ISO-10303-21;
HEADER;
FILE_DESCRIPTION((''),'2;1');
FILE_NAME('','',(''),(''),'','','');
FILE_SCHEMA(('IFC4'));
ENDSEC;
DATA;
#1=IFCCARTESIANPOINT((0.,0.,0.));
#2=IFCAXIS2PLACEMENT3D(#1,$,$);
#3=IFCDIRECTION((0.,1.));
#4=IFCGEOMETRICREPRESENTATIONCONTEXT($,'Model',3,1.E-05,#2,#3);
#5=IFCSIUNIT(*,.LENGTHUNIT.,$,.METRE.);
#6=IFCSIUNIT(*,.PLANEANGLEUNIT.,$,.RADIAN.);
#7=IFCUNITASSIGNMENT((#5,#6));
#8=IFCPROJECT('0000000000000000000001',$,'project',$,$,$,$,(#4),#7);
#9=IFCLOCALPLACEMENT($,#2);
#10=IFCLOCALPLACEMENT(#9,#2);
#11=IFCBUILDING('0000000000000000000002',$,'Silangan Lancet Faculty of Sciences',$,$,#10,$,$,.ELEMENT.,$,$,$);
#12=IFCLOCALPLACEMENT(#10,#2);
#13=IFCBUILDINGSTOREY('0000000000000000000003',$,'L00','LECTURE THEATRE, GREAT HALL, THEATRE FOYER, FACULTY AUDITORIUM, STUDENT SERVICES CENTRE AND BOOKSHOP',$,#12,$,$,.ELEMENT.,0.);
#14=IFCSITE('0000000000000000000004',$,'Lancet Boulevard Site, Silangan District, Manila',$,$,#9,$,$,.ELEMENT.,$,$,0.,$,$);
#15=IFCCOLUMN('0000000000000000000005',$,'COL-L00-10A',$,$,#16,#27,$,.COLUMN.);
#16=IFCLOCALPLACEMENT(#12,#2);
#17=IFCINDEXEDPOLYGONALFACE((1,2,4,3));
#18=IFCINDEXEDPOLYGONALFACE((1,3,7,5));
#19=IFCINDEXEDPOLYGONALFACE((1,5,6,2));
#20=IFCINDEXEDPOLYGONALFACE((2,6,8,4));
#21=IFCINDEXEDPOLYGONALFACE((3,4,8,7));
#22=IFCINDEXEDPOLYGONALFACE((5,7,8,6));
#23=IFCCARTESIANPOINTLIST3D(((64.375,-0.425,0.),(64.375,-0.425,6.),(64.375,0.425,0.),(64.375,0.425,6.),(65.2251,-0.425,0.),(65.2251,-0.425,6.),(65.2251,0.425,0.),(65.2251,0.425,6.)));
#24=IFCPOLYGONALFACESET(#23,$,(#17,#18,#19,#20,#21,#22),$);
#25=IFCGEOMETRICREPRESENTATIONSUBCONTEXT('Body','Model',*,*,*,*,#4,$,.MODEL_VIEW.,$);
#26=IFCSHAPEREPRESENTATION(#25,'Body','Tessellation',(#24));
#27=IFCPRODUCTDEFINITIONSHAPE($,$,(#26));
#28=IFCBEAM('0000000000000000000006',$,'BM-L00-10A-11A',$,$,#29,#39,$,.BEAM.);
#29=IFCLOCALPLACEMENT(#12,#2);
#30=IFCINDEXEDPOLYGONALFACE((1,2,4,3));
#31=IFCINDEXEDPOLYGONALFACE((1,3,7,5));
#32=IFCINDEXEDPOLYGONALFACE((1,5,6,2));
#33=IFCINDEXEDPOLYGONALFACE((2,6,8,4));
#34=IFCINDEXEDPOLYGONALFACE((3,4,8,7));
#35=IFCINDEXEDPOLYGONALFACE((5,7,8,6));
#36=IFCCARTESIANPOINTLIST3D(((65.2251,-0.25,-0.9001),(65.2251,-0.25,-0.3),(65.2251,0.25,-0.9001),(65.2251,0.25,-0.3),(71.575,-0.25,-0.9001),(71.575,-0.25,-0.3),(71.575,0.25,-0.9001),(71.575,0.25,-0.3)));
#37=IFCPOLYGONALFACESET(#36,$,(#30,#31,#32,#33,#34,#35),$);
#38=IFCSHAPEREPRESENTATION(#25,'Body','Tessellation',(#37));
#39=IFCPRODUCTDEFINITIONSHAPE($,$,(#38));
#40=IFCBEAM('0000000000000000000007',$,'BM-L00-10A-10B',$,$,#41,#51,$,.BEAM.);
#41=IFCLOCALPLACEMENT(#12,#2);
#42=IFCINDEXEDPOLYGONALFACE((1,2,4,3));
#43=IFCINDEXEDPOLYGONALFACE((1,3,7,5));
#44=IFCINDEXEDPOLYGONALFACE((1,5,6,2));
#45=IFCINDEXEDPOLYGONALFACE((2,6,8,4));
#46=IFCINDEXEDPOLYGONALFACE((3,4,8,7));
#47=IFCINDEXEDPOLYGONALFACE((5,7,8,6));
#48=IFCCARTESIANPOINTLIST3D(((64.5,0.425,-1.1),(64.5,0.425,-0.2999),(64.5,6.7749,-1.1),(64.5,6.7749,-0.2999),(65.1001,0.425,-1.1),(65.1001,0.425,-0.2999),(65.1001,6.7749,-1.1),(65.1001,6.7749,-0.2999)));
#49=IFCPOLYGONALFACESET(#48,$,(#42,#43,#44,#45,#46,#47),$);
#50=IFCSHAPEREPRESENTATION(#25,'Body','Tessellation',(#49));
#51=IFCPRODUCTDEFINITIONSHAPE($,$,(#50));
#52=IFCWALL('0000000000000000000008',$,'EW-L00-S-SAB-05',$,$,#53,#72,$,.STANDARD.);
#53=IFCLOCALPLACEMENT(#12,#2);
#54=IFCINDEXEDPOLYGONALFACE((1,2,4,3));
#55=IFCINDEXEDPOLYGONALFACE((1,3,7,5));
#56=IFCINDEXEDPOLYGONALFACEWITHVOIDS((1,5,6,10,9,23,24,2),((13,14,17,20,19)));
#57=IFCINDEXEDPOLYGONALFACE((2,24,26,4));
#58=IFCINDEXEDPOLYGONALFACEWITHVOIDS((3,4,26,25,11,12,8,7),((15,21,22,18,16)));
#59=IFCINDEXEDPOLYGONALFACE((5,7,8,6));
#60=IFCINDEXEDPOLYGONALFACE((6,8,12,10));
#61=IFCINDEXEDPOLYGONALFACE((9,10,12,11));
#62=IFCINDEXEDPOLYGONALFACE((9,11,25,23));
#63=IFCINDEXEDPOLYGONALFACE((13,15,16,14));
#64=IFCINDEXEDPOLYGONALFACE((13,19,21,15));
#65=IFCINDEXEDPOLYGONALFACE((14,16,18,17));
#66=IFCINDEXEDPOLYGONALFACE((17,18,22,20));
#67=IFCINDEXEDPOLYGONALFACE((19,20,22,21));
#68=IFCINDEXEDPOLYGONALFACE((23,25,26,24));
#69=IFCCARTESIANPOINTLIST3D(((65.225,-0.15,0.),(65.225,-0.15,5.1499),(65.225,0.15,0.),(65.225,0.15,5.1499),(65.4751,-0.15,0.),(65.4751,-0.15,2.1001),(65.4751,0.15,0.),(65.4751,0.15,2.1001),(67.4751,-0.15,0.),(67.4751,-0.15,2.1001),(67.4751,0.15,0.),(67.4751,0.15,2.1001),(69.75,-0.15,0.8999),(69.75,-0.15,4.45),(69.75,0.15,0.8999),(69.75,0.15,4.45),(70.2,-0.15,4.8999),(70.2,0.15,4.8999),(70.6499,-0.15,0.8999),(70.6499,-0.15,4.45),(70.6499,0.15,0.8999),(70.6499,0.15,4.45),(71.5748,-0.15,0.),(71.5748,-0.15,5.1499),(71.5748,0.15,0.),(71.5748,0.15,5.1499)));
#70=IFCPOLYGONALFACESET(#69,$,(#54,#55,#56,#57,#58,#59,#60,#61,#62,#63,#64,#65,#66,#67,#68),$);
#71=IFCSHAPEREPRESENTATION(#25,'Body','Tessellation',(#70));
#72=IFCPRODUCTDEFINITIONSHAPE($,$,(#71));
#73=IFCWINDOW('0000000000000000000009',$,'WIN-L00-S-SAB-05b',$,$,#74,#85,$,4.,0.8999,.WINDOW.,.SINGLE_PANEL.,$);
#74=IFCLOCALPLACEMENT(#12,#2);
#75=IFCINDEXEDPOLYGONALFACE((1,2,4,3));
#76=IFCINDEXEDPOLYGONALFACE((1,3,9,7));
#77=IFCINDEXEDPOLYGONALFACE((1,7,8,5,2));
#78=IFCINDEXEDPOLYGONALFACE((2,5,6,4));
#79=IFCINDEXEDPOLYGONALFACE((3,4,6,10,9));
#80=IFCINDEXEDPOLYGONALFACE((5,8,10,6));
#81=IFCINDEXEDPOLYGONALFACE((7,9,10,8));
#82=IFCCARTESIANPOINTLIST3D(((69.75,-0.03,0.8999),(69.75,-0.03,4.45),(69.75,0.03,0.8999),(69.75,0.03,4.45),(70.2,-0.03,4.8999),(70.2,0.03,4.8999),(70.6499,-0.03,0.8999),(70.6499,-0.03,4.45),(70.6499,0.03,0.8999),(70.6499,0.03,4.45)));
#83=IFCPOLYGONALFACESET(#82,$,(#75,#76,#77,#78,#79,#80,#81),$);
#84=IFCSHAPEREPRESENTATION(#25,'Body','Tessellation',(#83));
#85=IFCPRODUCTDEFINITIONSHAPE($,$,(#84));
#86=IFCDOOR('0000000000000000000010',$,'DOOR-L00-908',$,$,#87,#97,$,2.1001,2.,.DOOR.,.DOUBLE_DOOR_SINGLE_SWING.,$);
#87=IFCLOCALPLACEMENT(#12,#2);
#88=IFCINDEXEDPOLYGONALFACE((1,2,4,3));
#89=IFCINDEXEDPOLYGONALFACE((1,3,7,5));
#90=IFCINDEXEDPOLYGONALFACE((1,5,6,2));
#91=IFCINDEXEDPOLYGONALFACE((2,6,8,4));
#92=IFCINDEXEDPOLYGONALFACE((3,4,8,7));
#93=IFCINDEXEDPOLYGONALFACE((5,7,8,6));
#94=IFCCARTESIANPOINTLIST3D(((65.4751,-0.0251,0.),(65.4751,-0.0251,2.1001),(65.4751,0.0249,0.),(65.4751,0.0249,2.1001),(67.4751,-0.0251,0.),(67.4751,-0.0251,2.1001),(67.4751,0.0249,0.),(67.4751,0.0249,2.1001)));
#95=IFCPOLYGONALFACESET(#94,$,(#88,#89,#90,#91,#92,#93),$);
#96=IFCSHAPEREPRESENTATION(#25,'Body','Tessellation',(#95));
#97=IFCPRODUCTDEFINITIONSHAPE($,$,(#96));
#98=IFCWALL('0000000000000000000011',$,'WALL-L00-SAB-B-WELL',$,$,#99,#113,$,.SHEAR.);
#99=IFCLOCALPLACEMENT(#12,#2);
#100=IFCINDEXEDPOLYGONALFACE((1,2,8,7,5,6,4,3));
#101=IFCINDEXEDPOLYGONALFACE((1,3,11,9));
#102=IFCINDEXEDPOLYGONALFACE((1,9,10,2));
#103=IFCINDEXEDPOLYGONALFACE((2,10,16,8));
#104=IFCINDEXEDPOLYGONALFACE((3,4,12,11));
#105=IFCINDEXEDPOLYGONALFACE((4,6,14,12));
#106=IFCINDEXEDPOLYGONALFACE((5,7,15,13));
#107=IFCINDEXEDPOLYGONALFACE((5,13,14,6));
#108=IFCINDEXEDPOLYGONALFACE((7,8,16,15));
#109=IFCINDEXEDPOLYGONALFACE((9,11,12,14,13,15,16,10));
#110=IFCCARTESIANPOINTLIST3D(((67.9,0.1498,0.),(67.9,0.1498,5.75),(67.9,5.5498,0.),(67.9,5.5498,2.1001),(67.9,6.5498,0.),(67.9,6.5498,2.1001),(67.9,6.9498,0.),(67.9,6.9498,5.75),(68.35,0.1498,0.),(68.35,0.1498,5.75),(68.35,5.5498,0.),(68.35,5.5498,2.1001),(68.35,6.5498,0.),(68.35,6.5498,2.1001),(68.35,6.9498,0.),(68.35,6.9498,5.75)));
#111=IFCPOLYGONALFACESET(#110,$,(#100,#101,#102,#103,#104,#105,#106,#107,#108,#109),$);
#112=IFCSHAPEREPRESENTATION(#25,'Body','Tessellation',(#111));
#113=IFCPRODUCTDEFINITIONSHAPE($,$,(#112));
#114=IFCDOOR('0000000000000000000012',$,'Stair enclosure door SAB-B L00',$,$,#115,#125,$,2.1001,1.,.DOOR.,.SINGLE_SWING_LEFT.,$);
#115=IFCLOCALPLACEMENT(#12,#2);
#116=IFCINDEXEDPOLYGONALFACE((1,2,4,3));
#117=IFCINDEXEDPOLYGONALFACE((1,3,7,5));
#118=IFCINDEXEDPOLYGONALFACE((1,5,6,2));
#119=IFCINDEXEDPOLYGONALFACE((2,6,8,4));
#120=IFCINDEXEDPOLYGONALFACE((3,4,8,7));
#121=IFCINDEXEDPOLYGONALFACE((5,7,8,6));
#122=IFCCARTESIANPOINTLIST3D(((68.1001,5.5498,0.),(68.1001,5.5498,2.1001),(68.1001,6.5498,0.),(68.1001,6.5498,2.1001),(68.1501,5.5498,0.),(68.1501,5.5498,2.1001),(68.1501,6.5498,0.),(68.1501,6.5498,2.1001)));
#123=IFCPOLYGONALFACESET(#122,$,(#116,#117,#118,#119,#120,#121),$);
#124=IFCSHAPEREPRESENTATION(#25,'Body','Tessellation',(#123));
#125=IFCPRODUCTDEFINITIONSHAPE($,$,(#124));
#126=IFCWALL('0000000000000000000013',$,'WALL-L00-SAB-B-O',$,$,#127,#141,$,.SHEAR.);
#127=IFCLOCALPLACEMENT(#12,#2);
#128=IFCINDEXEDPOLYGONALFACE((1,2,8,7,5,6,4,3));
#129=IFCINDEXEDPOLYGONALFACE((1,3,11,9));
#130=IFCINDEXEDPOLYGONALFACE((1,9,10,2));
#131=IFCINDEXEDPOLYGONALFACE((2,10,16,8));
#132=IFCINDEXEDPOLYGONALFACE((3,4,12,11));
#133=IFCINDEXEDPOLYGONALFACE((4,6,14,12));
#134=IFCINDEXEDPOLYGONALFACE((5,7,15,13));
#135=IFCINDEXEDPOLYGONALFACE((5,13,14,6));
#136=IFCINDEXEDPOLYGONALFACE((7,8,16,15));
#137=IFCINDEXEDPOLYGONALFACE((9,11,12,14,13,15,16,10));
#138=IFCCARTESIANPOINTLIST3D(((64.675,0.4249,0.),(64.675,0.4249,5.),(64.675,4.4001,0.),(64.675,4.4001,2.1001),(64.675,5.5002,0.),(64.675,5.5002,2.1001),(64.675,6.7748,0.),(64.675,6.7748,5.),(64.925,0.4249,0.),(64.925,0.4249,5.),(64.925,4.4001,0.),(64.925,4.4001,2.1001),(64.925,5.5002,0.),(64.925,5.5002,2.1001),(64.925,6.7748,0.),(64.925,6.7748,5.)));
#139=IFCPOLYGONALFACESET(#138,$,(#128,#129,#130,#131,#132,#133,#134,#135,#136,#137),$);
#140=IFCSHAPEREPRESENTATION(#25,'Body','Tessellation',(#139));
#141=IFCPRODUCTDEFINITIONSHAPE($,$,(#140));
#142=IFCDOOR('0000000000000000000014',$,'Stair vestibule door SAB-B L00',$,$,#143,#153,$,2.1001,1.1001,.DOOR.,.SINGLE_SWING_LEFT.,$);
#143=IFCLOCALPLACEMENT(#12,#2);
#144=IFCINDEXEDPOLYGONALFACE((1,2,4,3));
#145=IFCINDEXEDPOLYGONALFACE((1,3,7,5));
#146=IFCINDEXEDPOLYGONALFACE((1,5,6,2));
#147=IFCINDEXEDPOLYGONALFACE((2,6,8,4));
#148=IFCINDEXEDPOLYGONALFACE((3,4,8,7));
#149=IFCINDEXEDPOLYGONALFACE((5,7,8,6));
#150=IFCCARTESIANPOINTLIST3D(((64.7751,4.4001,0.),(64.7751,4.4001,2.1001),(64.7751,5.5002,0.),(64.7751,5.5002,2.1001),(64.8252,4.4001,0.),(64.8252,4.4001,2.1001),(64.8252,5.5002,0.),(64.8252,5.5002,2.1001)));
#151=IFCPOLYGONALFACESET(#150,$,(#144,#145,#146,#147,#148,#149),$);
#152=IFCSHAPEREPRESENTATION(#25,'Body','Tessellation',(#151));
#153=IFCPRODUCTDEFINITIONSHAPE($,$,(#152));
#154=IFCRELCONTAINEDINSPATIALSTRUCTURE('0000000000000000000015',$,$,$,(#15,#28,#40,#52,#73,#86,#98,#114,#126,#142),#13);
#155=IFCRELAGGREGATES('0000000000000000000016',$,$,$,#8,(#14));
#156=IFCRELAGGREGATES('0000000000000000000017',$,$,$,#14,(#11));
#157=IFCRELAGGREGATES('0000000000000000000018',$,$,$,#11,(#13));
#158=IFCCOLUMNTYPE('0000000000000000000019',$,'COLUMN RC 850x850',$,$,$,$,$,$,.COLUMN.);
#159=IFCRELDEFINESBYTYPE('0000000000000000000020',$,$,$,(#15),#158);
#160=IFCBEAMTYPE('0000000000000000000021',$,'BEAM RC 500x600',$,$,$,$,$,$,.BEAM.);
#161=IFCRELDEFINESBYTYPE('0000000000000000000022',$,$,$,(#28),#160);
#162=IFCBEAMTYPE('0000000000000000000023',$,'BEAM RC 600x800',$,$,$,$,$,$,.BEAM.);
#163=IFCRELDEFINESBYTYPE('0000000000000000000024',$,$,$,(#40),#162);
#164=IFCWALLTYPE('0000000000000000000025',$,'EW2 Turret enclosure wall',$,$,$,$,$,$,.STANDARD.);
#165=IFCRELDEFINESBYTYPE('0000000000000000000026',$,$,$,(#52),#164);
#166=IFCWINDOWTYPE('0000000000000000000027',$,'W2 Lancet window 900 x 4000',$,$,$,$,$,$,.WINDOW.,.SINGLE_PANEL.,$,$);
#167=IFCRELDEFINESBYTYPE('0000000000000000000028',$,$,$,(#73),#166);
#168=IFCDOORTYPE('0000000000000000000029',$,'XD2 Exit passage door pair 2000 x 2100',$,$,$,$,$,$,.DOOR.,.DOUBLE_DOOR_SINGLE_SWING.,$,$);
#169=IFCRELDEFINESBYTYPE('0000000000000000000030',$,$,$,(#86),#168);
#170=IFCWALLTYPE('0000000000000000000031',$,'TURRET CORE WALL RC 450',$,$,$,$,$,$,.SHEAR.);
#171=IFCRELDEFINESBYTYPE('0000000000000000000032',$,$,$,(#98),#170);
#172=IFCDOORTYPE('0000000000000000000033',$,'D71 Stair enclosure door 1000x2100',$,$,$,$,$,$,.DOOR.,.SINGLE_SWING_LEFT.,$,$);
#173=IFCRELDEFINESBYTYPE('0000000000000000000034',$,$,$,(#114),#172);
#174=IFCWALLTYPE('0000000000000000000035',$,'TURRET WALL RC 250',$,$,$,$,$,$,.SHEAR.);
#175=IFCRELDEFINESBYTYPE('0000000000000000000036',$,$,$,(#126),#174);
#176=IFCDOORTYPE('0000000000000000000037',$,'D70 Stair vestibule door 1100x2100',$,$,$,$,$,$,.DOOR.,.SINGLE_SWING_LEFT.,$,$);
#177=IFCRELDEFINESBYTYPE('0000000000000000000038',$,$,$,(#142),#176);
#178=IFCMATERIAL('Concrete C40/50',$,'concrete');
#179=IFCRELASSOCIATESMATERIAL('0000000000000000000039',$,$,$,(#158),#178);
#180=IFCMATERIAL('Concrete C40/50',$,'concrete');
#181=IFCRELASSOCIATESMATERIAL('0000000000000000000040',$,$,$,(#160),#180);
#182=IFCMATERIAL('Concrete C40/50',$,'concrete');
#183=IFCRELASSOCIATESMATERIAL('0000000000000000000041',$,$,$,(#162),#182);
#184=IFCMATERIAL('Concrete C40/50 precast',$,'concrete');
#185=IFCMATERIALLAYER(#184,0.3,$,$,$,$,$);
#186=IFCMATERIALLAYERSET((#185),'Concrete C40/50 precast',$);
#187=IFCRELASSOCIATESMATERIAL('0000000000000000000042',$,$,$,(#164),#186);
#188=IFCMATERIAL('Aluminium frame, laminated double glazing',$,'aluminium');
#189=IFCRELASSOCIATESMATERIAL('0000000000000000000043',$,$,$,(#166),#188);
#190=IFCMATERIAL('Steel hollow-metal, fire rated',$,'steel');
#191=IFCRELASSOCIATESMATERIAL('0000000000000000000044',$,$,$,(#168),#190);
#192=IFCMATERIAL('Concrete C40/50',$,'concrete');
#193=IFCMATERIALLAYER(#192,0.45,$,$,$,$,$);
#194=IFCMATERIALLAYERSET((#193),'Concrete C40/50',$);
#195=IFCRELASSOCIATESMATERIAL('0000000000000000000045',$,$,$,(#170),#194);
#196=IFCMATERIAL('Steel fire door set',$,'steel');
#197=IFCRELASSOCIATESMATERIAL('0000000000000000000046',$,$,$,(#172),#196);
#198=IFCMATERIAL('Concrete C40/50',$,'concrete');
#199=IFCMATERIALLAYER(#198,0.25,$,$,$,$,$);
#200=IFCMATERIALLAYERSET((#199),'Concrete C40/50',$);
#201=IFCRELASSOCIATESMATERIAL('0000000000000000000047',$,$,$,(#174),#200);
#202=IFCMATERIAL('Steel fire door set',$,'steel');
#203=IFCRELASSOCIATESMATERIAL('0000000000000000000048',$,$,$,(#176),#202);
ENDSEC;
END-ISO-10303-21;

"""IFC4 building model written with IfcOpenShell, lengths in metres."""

from ifc_helpers import new_model, si_unit, direction, frame, frame_2d, origin, origin_2d, place, context, subcontext, project, spatial, polyline, rectangle, outline, extrude, material, layer, layer_set, material_profile, profile_set, type_object, element, fill, save


model = new_model("IFC4")

# Units and contexts
model_context = context("Model", 3, precision=1e-05, world=origin(), true_north=direction((0.0, 1.0)))
body_context = subcontext(model_context, "Body", "Model", "MODEL_VIEW")
ifc_project = project(units=[si_unit("LENGTHUNIT", "METRE"), si_unit("PLANEANGLEUNIT", "RADIAN")], contexts=[model_context])

# Site, building, storey
site_placement = place(None, origin())
site = spatial("IfcSite", under=ifc_project, at=site_placement, Name="Lancet Boulevard Site, Silangan District, Manila", CompositionType="ELEMENT", RefElevation=0.0)
building_placement = place(site_placement, origin())
building = spatial("IfcBuilding", under=site, at=building_placement, Name="Silangan Lancet Faculty of Sciences", CompositionType="ELEMENT")
storey_placement = place(building_placement, origin())
storey = spatial("IfcBuildingStorey", under=building, at=storey_placement, Name="L00", Description="LECTURE THEATRE, GREAT HALL, THEATRE FOYER, FACULTY AUDITORIUM, STUDENT SERVICES CENTRE AND BOOKSHOP", CompositionType="ELEMENT", Elevation=0.0)

# Column
ifc_material_1 = material(Name="Concrete C40/50", Category="concrete")
ifc_material_profile_1 = material_profile(ifc_material_1, rectangle(XDim=0.8501, YDim=0.8501, at=origin_2d()), Name="RC 850x850")
ifc_profile_set_1 = profile_set([ifc_material_profile_1], Name="Concrete C40/50")
column_type = type_object("IfcColumnType", Name="COLUMN RC 850x850", PredefinedType="COLUMN", material=ifc_profile_set_1)
column_placement = place(storey_placement, frame((64.8, 0.0, 0.0), z_axis=(0.0, 0.0, 1.0), x_axis=(1.0, 0.0, 0.0)))
element("IfcColumn", 1, at=column_placement, inside=storey, type_object=column_type, Name="COL-L00-10A", PredefinedType="COLUMN", context=body_context, shape_type="SweptSolid", body=[
    extrude(rectangle(XDim=0.8501, YDim=0.8501, at=origin_2d()), origin(), (0.0, 0.0, 1.0), 6.0),
])

# Beams
ifc_material_2 = material(Name="Concrete C40/50", Category="concrete")
ifc_material_profile_2 = material_profile(ifc_material_2, rectangle(XDim=0.5, YDim=0.6001, at=origin_2d()), Name="RC 500x600")
ifc_profile_set_2 = profile_set([ifc_material_profile_2], Name="Concrete C40/50")
beam_type_1 = type_object("IfcBeamType", Name="BEAM RC 500x600", PredefinedType="BEAM", material=ifc_profile_set_2)
beam_1_placement = place(storey_placement, frame((65.2251, 0.0, -0.6001), z_axis=(1.0, 0.0, 0.0), x_axis=(0.0, 1.0, 0.0)))
element("IfcBeam", 2, at=beam_1_placement, inside=storey, type_object=beam_type_1, Name="BM-L00-10A-11A", PredefinedType="BEAM", context=body_context, shape_type="SweptSolid", body=[
    extrude(rectangle(XDim=0.5, YDim=0.6001, at=origin_2d()), origin(), (0.0, 0.0, 1.0), 6.3499),
])
ifc_material_3 = material(Name="Concrete C40/50", Category="concrete")
ifc_material_profile_3 = material_profile(ifc_material_3, rectangle(XDim=0.6001, YDim=0.8, at=origin_2d()), Name="RC 600x800")
ifc_profile_set_3 = profile_set([ifc_material_profile_3], Name="Concrete C40/50")
beam_type_2 = type_object("IfcBeamType", Name="BEAM RC 600x800", PredefinedType="BEAM", material=ifc_profile_set_3)
beam_2_placement = place(storey_placement, frame((64.8, 0.425, -0.7), z_axis=(0.0, 1.0, 0.0), x_axis=(-1.0, 0.0, 0.0)))
element("IfcBeam", 3, at=beam_2_placement, inside=storey, type_object=beam_type_2, Name="BM-L00-10A-10B", PredefinedType="BEAM", context=body_context, shape_type="SweptSolid", body=[
    extrude(rectangle(XDim=0.6001, YDim=0.8, at=origin_2d()), origin(), (0.0, 0.0, 1.0), 6.3499),
])

# Wall, openings, window, door
ifc_material_4 = material(Name="Concrete C40/50 precast", Category="concrete")
ifc_layer_1 = layer(ifc_material_4, 0.3)
ifc_layer_set_1 = layer_set([ifc_layer_1], Name="Concrete C40/50 precast")
wall_type_1 = type_object("IfcWallType", Name="EW2 Turret enclosure wall", PredefinedType="STANDARD", material=ifc_layer_set_1)
wall_1_placement = place(storey_placement, frame((65.2251, 0.0, 0.0), z_axis=(0.0, 0.0, 1.0), x_axis=(1.0, 0.0, 0.0)))
wall_1 = element("IfcWall", 4, at=wall_1_placement, inside=storey, type_object=wall_type_1, Name="EW-L00-S-SAB-05", PredefinedType="STANDARD", context=body_context, shape_type="SweptSolid", body=[
    extrude(rectangle(XDim=6.3499, YDim=0.3, at=frame_2d((3.1748, 0.0))), origin(), (0.0, 0.0, 1.0), 5.1499),
])
opening_1_placement = place(wall_1_placement, frame((0.25, 0.0, 0.0)))
opening_1 = element("IfcOpeningElement", 5, at=opening_1_placement, cuts=wall_1, PredefinedType="OPENING", context=body_context, shape_type="SweptSolid", body=[
    extrude(rectangle(XDim=2.0, YDim=2.1001, at=frame_2d((1.0, 1.05))), frame((0.0, 0.1599, 0.0), z_axis=(0.0, -1.0, 0.0), x_axis=(1.0, 0.0, 0.0)), (0.0, 0.0, 1.0), 0.3201),
])
opening_2_placement = place(wall_1_placement, frame((4.5249, 0.0, 0.8999)))
opening_2 = element("IfcOpeningElement", 6, at=opening_2_placement, cuts=wall_1, PredefinedType="OPENING", context=body_context, shape_type="SweptSolid", body=[
    extrude(outline(polyline([(0.0, 0.0), (0.8999, 0.0), (0.8999, 3.55), (0.45, 4.0), (0.0, 3.55), (0.0, 0.0)])), frame((0.0, 0.1599, 0.0), z_axis=(0.0, -1.0, 0.0), x_axis=(1.0, 0.0, 0.0)), (0.0, 0.0, 1.0), 0.3201),
])
ifc_material_5 = material(Name="Aluminium frame, laminated double glazing", Category="aluminium")
window_type = type_object("IfcWindowType", Name="W2 Lancet window 900 x 4000", PartitioningType="SINGLE_PANEL", PredefinedType="WINDOW", material=ifc_material_5)
window_placement = place(opening_2_placement, origin())
window = element("IfcWindow", 7, at=window_placement, inside=storey, type_object=window_type, Name="WIN-L00-S-SAB-05b", OverallHeight=4.0, OverallWidth=0.8999, PartitioningType="SINGLE_PANEL", PredefinedType="WINDOW", context=body_context, shape_type="SweptSolid", body=[
    extrude(outline(polyline([(0.0, 0.0), (0.8999, 0.0), (0.8999, 3.55), (0.45, 4.0), (0.0, 3.55), (0.0, 0.0)])), frame((0.0, 0.03, 0.0), z_axis=(0.0, -1.0, 0.0), x_axis=(1.0, 0.0, 0.0)), (0.0, 0.0, 1.0), 0.0601),
])
fill(opening_2, window)
ifc_material_6 = material(Name="Steel hollow-metal, fire rated", Category="steel")
door_type_1 = type_object("IfcDoorType", Name="XD2 Exit passage door pair 2000 x 2100", OperationType="DOUBLE_DOOR_SINGLE_SWING", PredefinedType="DOOR", material=ifc_material_6)
door_1_placement = place(opening_1_placement, frame((2.0, 0.0, 0.0), z_axis=(0.0, 0.0, 1.0), x_axis=(-1.0, 0.0, 0.0)))
door_1 = element("IfcDoor", 8, at=door_1_placement, inside=storey, type_object=door_type_1, Name="DOOR-L00-908", OperationType="DOUBLE_DOOR_SINGLE_SWING", OverallHeight=2.1001, OverallWidth=2.0, PredefinedType="DOOR", context=body_context, shape_type="SweptSolid", body=[
    extrude(rectangle(XDim=2.0, YDim=2.1001, at=frame_2d((1.0, 1.05))), frame((0.0, 0.0251, 0.0), z_axis=(0.0, -1.0, 0.0), x_axis=(1.0, 0.0, 0.0)), (0.0, 0.0, 1.0), 0.05),
])
fill(opening_1, door_1)

# Walls, openings, doors
ifc_material_7 = material(Name="Concrete C40/50", Category="concrete")
ifc_layer_2 = layer(ifc_material_7, 0.45)
ifc_layer_set_2 = layer_set([ifc_layer_2], Name="Concrete C40/50")
wall_type_2 = type_object("IfcWallType", Name="TURRET CORE WALL RC 450", PredefinedType="SHEAR", material=ifc_layer_set_2)
wall_2_placement = place(storey_placement, frame((68.125, 0.1499, 0.0), z_axis=(0.0, 0.0, 1.0), x_axis=(0.0, 1.0, 0.0)))
wall_2 = element("IfcWall", 9, at=wall_2_placement, inside=storey, type_object=wall_type_2, Name="WALL-L00-SAB-B-WELL", PredefinedType="SHEAR", context=body_context, shape_type="SweptSolid", body=[
    extrude(rectangle(XDim=6.8, YDim=0.45, at=frame_2d((3.3999, 0.0))), origin(), (0.0, 0.0, 1.0), 5.75),
])
opening_3_placement = place(wall_2_placement, frame((5.3999, 0.0, 0.0)))
opening_3 = element("IfcOpeningElement", 10, at=opening_3_placement, cuts=wall_2, PredefinedType="OPENING", context=body_context, shape_type="SweptSolid", body=[
    extrude(rectangle(XDim=1.0, YDim=2.1001, at=frame_2d((0.5, 1.05))), frame((0.0, 0.2349, 0.0), z_axis=(0.0, -1.0, 0.0), x_axis=(1.0, 0.0, 0.0)), (0.0, 0.0, 1.0), 0.47),
])
ifc_material_8 = material(Name="Steel fire door set", Category="steel")
door_type_2 = type_object("IfcDoorType", Name="D71 Stair enclosure door 1000x2100", OperationType="SINGLE_SWING_LEFT", PredefinedType="DOOR", material=ifc_material_8)
door_2_placement = place(opening_3_placement, frame((1.0, 0.0, 0.0), z_axis=(0.0, 0.0, 1.0), x_axis=(-1.0, 0.0, 0.0)))
door_2 = element("IfcDoor", 11, at=door_2_placement, inside=storey, type_object=door_type_2, Name="Stair enclosure door SAB-B L00", OperationType="SINGLE_SWING_LEFT", OverallHeight=2.1001, OverallWidth=1.0, PredefinedType="DOOR", context=body_context, shape_type="SweptSolid", body=[
    extrude(rectangle(XDim=1.0, YDim=2.1001, at=frame_2d((0.5, 1.05))), frame((0.0, 0.0251, 0.0), z_axis=(0.0, -1.0, 0.0), x_axis=(1.0, 0.0, 0.0)), (0.0, 0.0, 1.0), 0.05),
])
fill(opening_3, door_2)
ifc_material_9 = material(Name="Concrete C40/50", Category="concrete")
ifc_layer_3 = layer(ifc_material_9, 0.25)
ifc_layer_set_3 = layer_set([ifc_layer_3], Name="Concrete C40/50")
wall_type_3 = type_object("IfcWallType", Name="TURRET WALL RC 250", PredefinedType="SHEAR", material=ifc_layer_set_3)
wall_3_placement = place(storey_placement, frame((64.8, 0.425, 0.0), z_axis=(0.0, 0.0, 1.0), x_axis=(0.0, 1.0, 0.0)))
wall_3 = element("IfcWall", 12, at=wall_3_placement, inside=storey, type_object=wall_type_3, Name="WALL-L00-SAB-B-O", PredefinedType="SHEAR", context=body_context, shape_type="SweptSolid", body=[
    extrude(rectangle(XDim=6.3499, YDim=0.25, at=frame_2d((3.1748, 0.0))), origin(), (0.0, 0.0, 1.0), 5.0),
])
opening_4_placement = place(wall_3_placement, frame((3.9751, 0.0, 0.0)))
opening_4 = element("IfcOpeningElement", 13, at=opening_4_placement, cuts=wall_3, PredefinedType="OPENING", context=body_context, shape_type="SweptSolid", body=[
    extrude(rectangle(XDim=1.1001, YDim=2.1001, at=frame_2d((0.55, 1.05))), frame((0.0, 0.135, 0.0), z_axis=(0.0, -1.0, 0.0), x_axis=(1.0, 0.0, 0.0)), (0.0, 0.0, 1.0), 0.27),
])
ifc_material_10 = material(Name="Steel fire door set", Category="steel")
door_type_3 = type_object("IfcDoorType", Name="D70 Stair vestibule door 1100x2100", OperationType="SINGLE_SWING_LEFT", PredefinedType="DOOR", material=ifc_material_10)
door_3_placement = place(opening_4_placement, frame((1.1001, 0.0, 0.0), z_axis=(0.0, 0.0, 1.0), x_axis=(-1.0, 0.0, 0.0)))
door_3 = element("IfcDoor", 14, at=door_3_placement, inside=storey, type_object=door_type_3, Name="Stair vestibule door SAB-B L00", OperationType="SINGLE_SWING_LEFT", OverallHeight=2.1001, OverallWidth=1.1001, PredefinedType="DOOR", context=body_context, shape_type="SweptSolid", body=[
    extrude(rectangle(XDim=1.1001, YDim=2.1001, at=frame_2d((0.55, 1.05))), frame((0.0, 0.0251, 0.0), z_axis=(0.0, -1.0, 0.0), x_axis=(1.0, 0.0, 0.0)), (0.0, 0.0, 1.0), 0.05),
])
fill(opening_4, door_3)

save(model, "model.ifc")
